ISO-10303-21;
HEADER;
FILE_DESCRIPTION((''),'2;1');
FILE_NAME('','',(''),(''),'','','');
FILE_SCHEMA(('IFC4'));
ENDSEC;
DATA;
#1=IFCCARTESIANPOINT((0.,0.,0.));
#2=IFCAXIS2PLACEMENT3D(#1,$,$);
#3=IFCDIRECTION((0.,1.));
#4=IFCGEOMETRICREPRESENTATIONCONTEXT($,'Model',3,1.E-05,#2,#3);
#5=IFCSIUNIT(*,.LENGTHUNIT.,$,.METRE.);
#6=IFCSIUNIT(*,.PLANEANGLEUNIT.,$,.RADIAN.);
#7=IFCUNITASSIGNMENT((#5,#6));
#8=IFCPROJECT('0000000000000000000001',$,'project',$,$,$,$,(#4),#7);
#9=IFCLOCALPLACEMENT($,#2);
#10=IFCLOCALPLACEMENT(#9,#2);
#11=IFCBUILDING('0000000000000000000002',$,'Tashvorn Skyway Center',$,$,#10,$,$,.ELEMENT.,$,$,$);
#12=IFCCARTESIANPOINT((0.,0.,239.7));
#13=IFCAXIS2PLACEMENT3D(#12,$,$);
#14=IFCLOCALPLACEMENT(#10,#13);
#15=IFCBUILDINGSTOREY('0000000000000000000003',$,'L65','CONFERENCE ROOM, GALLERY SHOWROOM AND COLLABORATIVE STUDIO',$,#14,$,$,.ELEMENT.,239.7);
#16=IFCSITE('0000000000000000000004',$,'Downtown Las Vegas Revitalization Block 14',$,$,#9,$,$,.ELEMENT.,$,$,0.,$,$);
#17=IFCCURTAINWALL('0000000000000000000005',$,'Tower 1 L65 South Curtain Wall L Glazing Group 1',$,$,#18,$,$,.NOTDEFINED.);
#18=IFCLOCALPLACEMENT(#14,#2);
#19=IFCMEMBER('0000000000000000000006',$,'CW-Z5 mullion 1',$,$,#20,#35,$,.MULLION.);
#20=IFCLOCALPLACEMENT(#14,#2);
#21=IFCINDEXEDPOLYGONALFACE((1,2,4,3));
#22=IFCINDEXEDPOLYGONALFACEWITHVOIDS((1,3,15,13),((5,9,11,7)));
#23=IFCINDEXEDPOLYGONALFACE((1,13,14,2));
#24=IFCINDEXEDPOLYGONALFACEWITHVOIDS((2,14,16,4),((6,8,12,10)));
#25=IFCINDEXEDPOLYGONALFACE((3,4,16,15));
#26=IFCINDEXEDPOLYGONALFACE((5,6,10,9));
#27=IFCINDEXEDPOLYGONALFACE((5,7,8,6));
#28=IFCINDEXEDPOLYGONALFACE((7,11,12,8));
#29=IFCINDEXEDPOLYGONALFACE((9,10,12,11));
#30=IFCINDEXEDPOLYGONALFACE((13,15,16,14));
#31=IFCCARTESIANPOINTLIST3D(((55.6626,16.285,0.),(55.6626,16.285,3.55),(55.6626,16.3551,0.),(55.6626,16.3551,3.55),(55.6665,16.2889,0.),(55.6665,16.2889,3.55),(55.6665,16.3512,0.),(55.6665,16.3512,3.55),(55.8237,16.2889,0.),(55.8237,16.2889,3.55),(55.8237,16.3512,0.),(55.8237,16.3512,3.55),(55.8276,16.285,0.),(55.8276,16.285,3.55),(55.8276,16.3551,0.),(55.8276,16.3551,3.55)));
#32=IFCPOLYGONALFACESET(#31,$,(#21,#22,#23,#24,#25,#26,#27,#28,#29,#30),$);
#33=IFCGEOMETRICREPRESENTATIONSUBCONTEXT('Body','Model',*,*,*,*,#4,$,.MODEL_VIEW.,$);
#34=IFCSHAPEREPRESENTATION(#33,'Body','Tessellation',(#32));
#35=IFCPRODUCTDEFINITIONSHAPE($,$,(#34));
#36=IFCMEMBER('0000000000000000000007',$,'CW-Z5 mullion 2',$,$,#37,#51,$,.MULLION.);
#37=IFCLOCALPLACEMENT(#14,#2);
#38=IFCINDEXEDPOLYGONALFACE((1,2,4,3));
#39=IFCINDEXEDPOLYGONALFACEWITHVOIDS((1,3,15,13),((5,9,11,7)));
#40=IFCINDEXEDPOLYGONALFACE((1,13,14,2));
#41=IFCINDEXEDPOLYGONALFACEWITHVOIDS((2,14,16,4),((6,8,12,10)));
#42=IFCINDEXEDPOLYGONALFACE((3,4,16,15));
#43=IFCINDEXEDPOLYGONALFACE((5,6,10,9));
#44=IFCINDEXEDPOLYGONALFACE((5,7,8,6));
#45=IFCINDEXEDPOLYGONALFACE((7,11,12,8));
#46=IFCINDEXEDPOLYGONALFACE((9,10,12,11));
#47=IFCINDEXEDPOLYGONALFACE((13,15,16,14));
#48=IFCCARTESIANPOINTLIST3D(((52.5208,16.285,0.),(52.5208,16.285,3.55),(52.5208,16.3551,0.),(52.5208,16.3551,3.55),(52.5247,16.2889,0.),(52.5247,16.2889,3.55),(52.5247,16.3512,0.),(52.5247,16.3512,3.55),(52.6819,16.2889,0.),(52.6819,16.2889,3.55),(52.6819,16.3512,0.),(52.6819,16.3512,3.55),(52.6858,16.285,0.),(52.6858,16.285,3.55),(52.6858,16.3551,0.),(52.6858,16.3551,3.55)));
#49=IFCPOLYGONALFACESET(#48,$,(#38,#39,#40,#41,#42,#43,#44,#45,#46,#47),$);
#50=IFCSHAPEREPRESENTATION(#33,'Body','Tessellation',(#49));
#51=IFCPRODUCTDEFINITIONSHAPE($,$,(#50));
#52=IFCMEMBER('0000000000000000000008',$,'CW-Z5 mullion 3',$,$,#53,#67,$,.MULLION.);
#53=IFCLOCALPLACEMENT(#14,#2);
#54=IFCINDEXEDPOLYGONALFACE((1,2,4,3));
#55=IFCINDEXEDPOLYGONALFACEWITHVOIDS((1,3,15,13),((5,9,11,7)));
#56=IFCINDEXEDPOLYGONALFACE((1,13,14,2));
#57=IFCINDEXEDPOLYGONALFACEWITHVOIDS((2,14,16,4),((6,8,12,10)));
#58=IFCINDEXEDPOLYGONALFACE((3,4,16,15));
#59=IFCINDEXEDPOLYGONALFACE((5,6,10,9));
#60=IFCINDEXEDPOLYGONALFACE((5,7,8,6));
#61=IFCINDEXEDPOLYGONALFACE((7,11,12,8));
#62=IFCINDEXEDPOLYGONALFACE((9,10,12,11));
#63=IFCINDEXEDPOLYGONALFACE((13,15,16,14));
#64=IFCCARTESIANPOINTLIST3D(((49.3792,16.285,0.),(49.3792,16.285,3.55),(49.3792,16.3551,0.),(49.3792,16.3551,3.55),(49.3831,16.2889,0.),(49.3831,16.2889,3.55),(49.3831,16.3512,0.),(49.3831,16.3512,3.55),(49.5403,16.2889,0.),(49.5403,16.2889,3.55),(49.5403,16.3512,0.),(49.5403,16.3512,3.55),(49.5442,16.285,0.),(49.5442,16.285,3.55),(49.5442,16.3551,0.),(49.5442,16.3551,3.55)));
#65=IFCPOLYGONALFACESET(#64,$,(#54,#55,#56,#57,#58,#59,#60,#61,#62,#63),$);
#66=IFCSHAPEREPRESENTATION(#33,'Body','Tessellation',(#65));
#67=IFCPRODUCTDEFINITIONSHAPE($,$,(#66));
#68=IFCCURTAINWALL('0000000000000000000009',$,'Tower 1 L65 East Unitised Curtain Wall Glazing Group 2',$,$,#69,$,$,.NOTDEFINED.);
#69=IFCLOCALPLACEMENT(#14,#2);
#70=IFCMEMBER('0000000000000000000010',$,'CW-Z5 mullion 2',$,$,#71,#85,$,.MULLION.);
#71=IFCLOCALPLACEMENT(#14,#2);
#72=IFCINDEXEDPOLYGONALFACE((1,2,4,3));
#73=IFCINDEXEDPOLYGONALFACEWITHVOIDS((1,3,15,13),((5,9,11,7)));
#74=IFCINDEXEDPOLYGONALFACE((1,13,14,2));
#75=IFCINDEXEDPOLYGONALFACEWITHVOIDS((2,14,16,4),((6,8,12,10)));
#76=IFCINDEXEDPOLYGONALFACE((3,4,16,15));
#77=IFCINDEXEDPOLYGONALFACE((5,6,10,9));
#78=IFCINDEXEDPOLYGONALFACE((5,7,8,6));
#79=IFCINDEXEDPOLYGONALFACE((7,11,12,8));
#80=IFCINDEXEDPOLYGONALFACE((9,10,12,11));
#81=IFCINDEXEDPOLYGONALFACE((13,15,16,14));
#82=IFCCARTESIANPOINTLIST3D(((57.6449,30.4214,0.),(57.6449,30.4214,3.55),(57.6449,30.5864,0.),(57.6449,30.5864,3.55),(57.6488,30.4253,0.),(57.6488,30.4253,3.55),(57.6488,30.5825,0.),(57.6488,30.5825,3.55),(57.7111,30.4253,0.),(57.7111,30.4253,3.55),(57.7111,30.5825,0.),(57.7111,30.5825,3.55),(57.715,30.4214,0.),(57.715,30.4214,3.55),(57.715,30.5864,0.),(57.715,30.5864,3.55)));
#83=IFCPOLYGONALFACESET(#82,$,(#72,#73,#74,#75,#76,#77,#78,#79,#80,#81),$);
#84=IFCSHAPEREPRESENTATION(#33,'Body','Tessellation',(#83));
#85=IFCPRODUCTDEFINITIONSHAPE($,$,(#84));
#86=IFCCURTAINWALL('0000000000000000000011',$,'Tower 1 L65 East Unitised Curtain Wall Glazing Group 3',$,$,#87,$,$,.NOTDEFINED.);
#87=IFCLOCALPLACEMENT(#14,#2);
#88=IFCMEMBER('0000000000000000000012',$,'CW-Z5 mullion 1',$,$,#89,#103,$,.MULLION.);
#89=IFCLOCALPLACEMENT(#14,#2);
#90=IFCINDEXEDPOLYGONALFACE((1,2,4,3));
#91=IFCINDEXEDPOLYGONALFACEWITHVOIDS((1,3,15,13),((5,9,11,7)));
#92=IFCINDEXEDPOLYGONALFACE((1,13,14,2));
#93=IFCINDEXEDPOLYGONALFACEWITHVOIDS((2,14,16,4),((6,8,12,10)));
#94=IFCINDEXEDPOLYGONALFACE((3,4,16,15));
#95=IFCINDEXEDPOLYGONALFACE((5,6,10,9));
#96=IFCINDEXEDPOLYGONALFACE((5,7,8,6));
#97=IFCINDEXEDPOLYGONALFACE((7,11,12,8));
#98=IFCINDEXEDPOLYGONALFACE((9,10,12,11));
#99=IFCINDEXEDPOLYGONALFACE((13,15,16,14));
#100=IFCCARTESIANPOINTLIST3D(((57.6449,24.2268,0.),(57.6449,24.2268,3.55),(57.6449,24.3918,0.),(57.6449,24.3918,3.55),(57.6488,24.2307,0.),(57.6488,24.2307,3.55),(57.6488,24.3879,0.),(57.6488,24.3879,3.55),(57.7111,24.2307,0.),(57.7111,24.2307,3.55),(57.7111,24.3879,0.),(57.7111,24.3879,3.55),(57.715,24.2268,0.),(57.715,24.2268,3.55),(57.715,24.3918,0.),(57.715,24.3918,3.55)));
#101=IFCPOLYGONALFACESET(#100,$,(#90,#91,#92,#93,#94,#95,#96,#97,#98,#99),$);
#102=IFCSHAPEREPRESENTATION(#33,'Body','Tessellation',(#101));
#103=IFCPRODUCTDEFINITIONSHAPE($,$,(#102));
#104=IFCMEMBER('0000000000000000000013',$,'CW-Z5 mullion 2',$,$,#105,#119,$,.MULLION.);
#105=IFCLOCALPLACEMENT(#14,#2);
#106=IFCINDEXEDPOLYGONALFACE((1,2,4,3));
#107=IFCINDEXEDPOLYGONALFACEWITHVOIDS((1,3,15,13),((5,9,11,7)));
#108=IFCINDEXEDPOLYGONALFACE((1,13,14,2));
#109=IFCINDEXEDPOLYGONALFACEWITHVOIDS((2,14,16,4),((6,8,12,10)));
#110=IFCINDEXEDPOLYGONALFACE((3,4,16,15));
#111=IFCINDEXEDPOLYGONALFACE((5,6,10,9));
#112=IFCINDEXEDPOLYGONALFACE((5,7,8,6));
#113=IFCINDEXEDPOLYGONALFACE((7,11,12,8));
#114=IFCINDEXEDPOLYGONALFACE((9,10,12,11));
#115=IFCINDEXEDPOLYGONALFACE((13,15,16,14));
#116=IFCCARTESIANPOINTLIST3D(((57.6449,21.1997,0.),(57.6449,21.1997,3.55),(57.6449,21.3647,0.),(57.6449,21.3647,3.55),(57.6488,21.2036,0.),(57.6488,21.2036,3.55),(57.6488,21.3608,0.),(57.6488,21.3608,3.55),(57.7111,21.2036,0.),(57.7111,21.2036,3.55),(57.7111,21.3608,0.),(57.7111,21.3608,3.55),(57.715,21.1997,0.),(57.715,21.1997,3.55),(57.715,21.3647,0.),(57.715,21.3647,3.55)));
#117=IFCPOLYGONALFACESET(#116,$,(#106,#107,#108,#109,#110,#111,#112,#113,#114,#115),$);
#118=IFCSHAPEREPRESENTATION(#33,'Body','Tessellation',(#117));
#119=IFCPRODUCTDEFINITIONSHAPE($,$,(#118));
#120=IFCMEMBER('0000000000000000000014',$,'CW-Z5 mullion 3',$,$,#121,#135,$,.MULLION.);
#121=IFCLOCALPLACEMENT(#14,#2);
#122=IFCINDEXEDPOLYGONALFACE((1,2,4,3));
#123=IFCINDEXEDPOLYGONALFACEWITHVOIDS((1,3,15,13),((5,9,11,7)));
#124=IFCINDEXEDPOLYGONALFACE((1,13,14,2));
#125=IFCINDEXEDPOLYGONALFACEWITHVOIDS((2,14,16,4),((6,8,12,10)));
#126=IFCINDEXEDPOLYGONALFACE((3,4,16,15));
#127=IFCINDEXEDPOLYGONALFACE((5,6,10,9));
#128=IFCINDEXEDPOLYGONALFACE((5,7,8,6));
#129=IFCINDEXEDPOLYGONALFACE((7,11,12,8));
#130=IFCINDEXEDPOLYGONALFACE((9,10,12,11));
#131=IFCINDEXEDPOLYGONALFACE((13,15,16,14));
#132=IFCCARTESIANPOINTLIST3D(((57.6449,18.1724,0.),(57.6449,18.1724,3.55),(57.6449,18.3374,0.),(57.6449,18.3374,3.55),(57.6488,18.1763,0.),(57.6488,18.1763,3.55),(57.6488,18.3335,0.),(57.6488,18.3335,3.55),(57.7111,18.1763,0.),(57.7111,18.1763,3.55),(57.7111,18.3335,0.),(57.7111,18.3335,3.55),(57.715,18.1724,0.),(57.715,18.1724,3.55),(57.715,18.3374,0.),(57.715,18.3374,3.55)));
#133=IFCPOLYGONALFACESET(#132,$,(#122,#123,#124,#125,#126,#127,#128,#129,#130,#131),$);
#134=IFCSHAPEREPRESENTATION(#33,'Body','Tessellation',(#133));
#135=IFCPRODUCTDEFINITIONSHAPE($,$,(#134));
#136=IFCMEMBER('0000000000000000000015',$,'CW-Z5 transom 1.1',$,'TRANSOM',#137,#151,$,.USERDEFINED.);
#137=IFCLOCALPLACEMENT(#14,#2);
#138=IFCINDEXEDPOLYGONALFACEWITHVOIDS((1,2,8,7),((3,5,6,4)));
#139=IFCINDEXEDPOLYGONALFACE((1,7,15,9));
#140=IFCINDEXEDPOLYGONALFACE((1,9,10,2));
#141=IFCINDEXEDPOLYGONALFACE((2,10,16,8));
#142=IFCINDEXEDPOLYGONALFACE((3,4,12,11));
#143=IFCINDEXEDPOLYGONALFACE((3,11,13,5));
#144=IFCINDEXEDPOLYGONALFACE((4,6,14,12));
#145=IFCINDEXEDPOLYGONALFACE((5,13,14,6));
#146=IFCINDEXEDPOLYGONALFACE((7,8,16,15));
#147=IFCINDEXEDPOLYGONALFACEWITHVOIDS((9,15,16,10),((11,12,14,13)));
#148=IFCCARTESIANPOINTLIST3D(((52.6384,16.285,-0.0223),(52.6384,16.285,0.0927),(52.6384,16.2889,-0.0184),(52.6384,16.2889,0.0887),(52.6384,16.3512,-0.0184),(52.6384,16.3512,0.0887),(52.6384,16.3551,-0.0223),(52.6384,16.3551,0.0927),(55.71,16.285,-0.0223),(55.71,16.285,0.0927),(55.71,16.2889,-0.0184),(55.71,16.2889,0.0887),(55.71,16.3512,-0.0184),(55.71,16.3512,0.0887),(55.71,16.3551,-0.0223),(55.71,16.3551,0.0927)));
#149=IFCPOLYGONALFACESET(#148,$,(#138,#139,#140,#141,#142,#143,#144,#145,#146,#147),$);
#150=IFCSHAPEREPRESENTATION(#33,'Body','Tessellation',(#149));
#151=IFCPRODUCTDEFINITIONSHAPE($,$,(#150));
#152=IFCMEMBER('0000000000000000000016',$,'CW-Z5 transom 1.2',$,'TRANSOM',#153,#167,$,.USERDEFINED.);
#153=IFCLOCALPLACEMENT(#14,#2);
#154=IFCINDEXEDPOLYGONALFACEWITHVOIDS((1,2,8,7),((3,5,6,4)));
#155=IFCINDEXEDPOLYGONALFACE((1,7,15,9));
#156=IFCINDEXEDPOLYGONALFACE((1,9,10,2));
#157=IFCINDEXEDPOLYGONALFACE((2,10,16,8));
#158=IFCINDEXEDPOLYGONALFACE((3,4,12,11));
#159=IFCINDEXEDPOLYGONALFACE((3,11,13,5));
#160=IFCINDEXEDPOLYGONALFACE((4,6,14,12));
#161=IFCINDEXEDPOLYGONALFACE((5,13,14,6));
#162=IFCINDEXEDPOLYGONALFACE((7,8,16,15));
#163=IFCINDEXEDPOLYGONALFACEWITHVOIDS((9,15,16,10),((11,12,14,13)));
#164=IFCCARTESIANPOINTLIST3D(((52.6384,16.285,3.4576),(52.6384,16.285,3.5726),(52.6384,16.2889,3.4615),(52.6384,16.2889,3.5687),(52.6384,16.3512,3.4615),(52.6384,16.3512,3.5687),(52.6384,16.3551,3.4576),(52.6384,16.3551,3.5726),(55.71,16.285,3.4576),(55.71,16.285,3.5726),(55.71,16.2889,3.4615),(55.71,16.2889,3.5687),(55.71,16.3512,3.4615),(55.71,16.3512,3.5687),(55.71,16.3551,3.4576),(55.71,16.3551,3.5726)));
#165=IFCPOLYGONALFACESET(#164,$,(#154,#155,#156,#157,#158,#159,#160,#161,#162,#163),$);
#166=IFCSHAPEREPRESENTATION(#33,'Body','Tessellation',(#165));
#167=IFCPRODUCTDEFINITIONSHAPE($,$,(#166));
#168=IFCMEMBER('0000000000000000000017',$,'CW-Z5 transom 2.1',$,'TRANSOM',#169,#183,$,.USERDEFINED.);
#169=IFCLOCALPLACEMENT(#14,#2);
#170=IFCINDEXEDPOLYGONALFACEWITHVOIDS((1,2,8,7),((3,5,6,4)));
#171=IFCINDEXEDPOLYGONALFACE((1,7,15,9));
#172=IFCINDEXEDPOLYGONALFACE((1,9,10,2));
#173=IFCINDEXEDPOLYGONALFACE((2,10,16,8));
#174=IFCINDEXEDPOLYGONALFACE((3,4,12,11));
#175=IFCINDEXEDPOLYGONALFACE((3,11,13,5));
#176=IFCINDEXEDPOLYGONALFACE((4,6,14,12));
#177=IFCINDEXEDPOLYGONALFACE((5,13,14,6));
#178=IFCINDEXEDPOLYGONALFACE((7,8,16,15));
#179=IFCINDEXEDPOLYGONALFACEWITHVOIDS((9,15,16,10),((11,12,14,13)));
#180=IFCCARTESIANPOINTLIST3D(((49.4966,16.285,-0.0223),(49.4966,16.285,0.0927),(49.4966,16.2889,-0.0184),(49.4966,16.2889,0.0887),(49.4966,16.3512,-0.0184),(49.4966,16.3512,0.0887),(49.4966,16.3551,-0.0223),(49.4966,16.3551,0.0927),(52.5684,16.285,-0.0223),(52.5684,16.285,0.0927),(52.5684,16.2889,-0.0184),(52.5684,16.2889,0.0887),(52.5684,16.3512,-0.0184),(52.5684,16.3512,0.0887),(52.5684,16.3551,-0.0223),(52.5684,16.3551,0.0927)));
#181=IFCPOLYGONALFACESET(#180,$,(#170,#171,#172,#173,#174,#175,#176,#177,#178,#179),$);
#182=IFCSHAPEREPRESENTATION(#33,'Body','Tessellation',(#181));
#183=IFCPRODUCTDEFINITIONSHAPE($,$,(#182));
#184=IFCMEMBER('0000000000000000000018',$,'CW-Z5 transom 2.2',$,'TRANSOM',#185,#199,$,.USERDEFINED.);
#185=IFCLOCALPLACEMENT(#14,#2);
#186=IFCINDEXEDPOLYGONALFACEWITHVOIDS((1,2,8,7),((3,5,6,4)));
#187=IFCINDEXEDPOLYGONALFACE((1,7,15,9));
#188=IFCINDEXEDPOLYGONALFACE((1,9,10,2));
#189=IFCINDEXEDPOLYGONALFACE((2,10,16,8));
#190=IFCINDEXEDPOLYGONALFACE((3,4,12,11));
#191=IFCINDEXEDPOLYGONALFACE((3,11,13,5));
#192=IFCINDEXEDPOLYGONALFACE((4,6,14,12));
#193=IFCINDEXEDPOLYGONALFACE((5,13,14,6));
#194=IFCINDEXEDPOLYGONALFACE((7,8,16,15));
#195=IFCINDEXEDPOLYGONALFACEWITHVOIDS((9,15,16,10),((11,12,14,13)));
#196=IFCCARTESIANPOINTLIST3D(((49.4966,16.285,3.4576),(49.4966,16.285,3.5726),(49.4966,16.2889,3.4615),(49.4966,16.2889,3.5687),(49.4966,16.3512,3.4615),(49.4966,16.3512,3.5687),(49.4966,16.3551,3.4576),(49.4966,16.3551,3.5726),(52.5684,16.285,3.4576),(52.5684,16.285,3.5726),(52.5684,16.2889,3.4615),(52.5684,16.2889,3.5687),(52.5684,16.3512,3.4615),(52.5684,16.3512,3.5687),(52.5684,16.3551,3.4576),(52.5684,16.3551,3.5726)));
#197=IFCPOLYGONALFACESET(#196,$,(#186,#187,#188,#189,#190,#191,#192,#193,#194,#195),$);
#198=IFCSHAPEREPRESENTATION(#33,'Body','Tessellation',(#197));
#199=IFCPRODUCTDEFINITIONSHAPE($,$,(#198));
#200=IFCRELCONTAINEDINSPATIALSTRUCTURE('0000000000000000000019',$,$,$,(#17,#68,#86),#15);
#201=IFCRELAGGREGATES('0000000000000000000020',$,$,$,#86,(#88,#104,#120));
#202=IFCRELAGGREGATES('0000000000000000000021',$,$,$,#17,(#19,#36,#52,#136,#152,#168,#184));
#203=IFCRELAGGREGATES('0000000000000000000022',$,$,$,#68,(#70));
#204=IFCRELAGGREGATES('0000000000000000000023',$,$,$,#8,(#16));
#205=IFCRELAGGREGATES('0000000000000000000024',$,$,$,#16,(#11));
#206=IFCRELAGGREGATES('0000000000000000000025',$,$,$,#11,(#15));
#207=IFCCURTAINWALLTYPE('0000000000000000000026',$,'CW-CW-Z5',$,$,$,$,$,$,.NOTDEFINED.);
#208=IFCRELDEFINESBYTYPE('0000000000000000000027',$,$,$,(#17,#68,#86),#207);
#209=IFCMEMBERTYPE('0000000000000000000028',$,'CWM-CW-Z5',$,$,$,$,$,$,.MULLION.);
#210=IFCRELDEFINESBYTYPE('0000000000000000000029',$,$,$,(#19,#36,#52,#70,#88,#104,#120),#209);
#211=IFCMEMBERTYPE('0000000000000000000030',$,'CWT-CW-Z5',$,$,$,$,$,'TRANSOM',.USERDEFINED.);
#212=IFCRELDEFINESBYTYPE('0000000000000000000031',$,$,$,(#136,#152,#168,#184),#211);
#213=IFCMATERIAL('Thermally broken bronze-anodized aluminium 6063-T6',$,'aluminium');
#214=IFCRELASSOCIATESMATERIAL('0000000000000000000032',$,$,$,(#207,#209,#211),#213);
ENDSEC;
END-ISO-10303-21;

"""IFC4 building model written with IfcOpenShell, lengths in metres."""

from ifc_helpers import new_model, si_unit, direction, frame, origin, origin_2d, place, context, subcontext, project, spatial, hollow_rectangle, extrude, material, material_profile, profile_set, type_object, element, aggregate, save


model = new_model("IFC4")

# Units and contexts
model_context = context("Model", 3, precision=1e-05, world=origin(), true_north=direction((0.0, 1.0)))
body_context = subcontext(model_context, "Body", "Model", "MODEL_VIEW")
ifc_project = project(units=[si_unit("LENGTHUNIT", "METRE"), si_unit("PLANEANGLEUNIT", "RADIAN")], contexts=[model_context])

# Site, building, storey
site_placement = place(None, origin())
site = spatial("IfcSite", under=ifc_project, at=site_placement, Name="Downtown Las Vegas Revitalization Block 14", CompositionType="ELEMENT", RefElevation=0.0)
building_placement = place(site_placement, origin())
building = spatial("IfcBuilding", under=site, at=building_placement, Name="Tashvorn Skyway Center", CompositionType="ELEMENT")
storey_placement = place(building_placement, frame((0.0, 0.0, 239.7)))
storey = spatial("IfcBuildingStorey", under=building, at=storey_placement, Name="L65", Description="CONFERENCE ROOM, GALLERY SHOWROOM AND COLLABORATIVE STUDIO", CompositionType="ELEMENT", Elevation=239.7)

# Curtain wall, members
ifc_material_1 = material(Name="Thermally broken bronze-anodized aluminium 6063-T6", Category="aluminium")
curtain_wall_type = type_object("IfcCurtainWallType", Name="CW-CW-Z5", PredefinedType="NOTDEFINED", material=ifc_material_1)
curtain_wall_1_placement = place(storey_placement, origin())
curtain_wall_1 = element("IfcCurtainWall", 1, at=curtain_wall_1_placement, inside=storey, type_object=curtain_wall_type, Name="Tower 1 L65 South Curtain Wall L Glazing Group 1", PredefinedType="NOTDEFINED")
ifc_material_profile_1 = material_profile(ifc_material_1, hollow_rectangle(XDim=0.0701, YDim=0.165, WallThickness=0.0039, at=origin_2d()), Name="ALU-MULL-70x165")
ifc_profile_set_1 = profile_set([ifc_material_profile_1], Name="Thermally broken bronze-anodized aluminium 6063-T6")
member_type_1 = type_object("IfcMemberType", Name="CWM-CW-Z5", PredefinedType="MULLION", material=ifc_profile_set_1)
member_1_placement = place(storey_placement, frame((55.7451, 16.3201, 0.0), z_axis=(0.0, 0.0, 1.0), x_axis=(0.0, -1.0, 0.0)))
member_1 = element("IfcMember", 2, at=member_1_placement, type_object=member_type_1, Name="CW-Z5 mullion 1", PredefinedType="MULLION", context=body_context, shape_type="SweptSolid", body=[
    extrude(hollow_rectangle(XDim=0.0701, YDim=0.165, WallThickness=0.0039, at=origin_2d()), origin(), (0.0, 0.0, 1.0), 3.55),
])
member_2_placement = place(storey_placement, frame((52.6033, 16.3201, 0.0), z_axis=(0.0, 0.0, 1.0), x_axis=(0.0, -1.0, 0.0)))
member_2 = element("IfcMember", 3, at=member_2_placement, type_object=member_type_1, Name="CW-Z5 mullion 2", PredefinedType="MULLION", context=body_context, shape_type="SweptSolid", body=[
    extrude(hollow_rectangle(XDim=0.0701, YDim=0.165, WallThickness=0.0039, at=origin_2d()), origin(), (0.0, 0.0, 1.0), 3.55),
])
member_3_placement = place(storey_placement, frame((49.4617, 16.3201, 0.0), z_axis=(0.0, 0.0, 1.0), x_axis=(0.0, -1.0, 0.0)))
member_3 = element("IfcMember", 4, at=member_3_placement, type_object=member_type_1, Name="CW-Z5 mullion 3", PredefinedType="MULLION", context=body_context, shape_type="SweptSolid", body=[
    extrude(hollow_rectangle(XDim=0.0701, YDim=0.165, WallThickness=0.0039, at=origin_2d()), origin(), (0.0, 0.0, 1.0), 3.55),
])

# Curtain wall, member
curtain_wall_2_placement = place(storey_placement, origin())
curtain_wall_2 = element("IfcCurtainWall", 5, at=curtain_wall_2_placement, inside=storey, type_object=curtain_wall_type, Name="Tower 1 L65 East Unitised Curtain Wall Glazing Group 2", PredefinedType="NOTDEFINED")
member_4_placement = place(storey_placement, frame((57.6799, 30.5039, 0.0), z_axis=(0.0, 0.0, 1.0), x_axis=(1.0, 0.0, 0.0)))
member_4 = element("IfcMember", 6, at=member_4_placement, type_object=member_type_1, Name="CW-Z5 mullion 2", PredefinedType="MULLION", context=body_context, shape_type="SweptSolid", body=[
    extrude(hollow_rectangle(XDim=0.0701, YDim=0.165, WallThickness=0.0039, at=origin_2d()), origin(), (0.0, 0.0, 1.0), 3.55),
])

# Curtain wall, members
curtain_wall_3_placement = place(storey_placement, origin())
curtain_wall_3 = element("IfcCurtainWall", 7, at=curtain_wall_3_placement, inside=storey, type_object=curtain_wall_type, Name="Tower 1 L65 East Unitised Curtain Wall Glazing Group 3", PredefinedType="NOTDEFINED")
member_5_placement = place(storey_placement, frame((57.6799, 24.3093, 0.0), z_axis=(0.0, 0.0, 1.0), x_axis=(1.0, 0.0, 0.0)))
member_5 = element("IfcMember", 8, at=member_5_placement, type_object=member_type_1, Name="CW-Z5 mullion 1", PredefinedType="MULLION", context=body_context, shape_type="SweptSolid", body=[
    extrude(hollow_rectangle(XDim=0.0701, YDim=0.165, WallThickness=0.0039, at=origin_2d()), origin(), (0.0, 0.0, 1.0), 3.55),
])
member_6_placement = place(storey_placement, frame((57.6799, 21.2822, 0.0), z_axis=(0.0, 0.0, 1.0), x_axis=(1.0, 0.0, 0.0)))
member_6 = element("IfcMember", 9, at=member_6_placement, type_object=member_type_1, Name="CW-Z5 mullion 2", PredefinedType="MULLION", context=body_context, shape_type="SweptSolid", body=[
    extrude(hollow_rectangle(XDim=0.0701, YDim=0.165, WallThickness=0.0039, at=origin_2d()), origin(), (0.0, 0.0, 1.0), 3.55),
])
member_7_placement = place(storey_placement, frame((57.6799, 18.2549, 0.0), z_axis=(0.0, 0.0, 1.0), x_axis=(1.0, 0.0, 0.0)))
member_7 = element("IfcMember", 10, at=member_7_placement, type_object=member_type_1, Name="CW-Z5 mullion 3", PredefinedType="MULLION", context=body_context, shape_type="SweptSolid", body=[
    extrude(hollow_rectangle(XDim=0.0701, YDim=0.165, WallThickness=0.0039, at=origin_2d()), origin(), (0.0, 0.0, 1.0), 3.55),
])
aggregate(curtain_wall_3, [member_5, member_6, member_7])

# Members
ifc_material_profile_2 = material_profile(ifc_material_1, hollow_rectangle(XDim=0.0701, YDim=0.115, WallThickness=0.0039, at=origin_2d()), Name="ALU-TRAN-70x115")
ifc_profile_set_2 = profile_set([ifc_material_profile_2], Name="Thermally broken bronze-anodized aluminium 6063-T6")
member_type_2 = type_object("IfcMemberType", Name="CWT-CW-Z5", ElementType="TRANSOM", PredefinedType="USERDEFINED", material=ifc_profile_set_2)
member_8_placement = place(storey_placement, frame((55.71, 16.3201, 0.0352), z_axis=(-1.0, 0.0, 0.0), x_axis=(0.0, -1.0, 0.0)))
member_8 = element("IfcMember", 11, at=member_8_placement, type_object=member_type_2, Name="CW-Z5 transom 1.1", ObjectType="TRANSOM", PredefinedType="USERDEFINED", context=body_context, shape_type="SweptSolid", body=[
    extrude(hollow_rectangle(XDim=0.0701, YDim=0.115, WallThickness=0.0039, at=origin_2d()), origin(), (0.0, 0.0, 1.0), 3.0715),
])
member_9_placement = place(storey_placement, frame((55.71, 16.3201, 3.5151), z_axis=(-1.0, 0.0, 0.0), x_axis=(0.0, -1.0, 0.0)))
member_9 = element("IfcMember", 12, at=member_9_placement, type_object=member_type_2, Name="CW-Z5 transom 1.2", ObjectType="TRANSOM", PredefinedType="USERDEFINED", context=body_context, shape_type="SweptSolid", body=[
    extrude(hollow_rectangle(XDim=0.0701, YDim=0.115, WallThickness=0.0039, at=origin_2d()), origin(), (0.0, 0.0, 1.0), 3.0715),
])
member_10_placement = place(storey_placement, frame((52.5684, 16.3201, 0.0352), z_axis=(-1.0, 0.0, 0.0), x_axis=(0.0, -1.0, 0.0)))
member_10 = element("IfcMember", 13, at=member_10_placement, type_object=member_type_2, Name="CW-Z5 transom 2.1", ObjectType="TRANSOM", PredefinedType="USERDEFINED", context=body_context, shape_type="SweptSolid", body=[
    extrude(hollow_rectangle(XDim=0.0701, YDim=0.115, WallThickness=0.0039, at=origin_2d()), origin(), (0.0, 0.0, 1.0), 3.0718),
])
member_11_placement = place(storey_placement, frame((52.5684, 16.3201, 3.5151), z_axis=(-1.0, 0.0, 0.0), x_axis=(0.0, -1.0, 0.0)))
member_11 = element("IfcMember", 14, at=member_11_placement, type_object=member_type_2, Name="CW-Z5 transom 2.2", ObjectType="TRANSOM", PredefinedType="USERDEFINED", context=body_context, shape_type="SweptSolid", body=[
    extrude(hollow_rectangle(XDim=0.0701, YDim=0.115, WallThickness=0.0039, at=origin_2d()), origin(), (0.0, 0.0, 1.0), 3.0718),
])

aggregate(curtain_wall_1, [member_1, member_2, member_3, member_8, member_9, member_10, member_11])
aggregate(curtain_wall_2, [member_4])

save(model, "model.ifc")
